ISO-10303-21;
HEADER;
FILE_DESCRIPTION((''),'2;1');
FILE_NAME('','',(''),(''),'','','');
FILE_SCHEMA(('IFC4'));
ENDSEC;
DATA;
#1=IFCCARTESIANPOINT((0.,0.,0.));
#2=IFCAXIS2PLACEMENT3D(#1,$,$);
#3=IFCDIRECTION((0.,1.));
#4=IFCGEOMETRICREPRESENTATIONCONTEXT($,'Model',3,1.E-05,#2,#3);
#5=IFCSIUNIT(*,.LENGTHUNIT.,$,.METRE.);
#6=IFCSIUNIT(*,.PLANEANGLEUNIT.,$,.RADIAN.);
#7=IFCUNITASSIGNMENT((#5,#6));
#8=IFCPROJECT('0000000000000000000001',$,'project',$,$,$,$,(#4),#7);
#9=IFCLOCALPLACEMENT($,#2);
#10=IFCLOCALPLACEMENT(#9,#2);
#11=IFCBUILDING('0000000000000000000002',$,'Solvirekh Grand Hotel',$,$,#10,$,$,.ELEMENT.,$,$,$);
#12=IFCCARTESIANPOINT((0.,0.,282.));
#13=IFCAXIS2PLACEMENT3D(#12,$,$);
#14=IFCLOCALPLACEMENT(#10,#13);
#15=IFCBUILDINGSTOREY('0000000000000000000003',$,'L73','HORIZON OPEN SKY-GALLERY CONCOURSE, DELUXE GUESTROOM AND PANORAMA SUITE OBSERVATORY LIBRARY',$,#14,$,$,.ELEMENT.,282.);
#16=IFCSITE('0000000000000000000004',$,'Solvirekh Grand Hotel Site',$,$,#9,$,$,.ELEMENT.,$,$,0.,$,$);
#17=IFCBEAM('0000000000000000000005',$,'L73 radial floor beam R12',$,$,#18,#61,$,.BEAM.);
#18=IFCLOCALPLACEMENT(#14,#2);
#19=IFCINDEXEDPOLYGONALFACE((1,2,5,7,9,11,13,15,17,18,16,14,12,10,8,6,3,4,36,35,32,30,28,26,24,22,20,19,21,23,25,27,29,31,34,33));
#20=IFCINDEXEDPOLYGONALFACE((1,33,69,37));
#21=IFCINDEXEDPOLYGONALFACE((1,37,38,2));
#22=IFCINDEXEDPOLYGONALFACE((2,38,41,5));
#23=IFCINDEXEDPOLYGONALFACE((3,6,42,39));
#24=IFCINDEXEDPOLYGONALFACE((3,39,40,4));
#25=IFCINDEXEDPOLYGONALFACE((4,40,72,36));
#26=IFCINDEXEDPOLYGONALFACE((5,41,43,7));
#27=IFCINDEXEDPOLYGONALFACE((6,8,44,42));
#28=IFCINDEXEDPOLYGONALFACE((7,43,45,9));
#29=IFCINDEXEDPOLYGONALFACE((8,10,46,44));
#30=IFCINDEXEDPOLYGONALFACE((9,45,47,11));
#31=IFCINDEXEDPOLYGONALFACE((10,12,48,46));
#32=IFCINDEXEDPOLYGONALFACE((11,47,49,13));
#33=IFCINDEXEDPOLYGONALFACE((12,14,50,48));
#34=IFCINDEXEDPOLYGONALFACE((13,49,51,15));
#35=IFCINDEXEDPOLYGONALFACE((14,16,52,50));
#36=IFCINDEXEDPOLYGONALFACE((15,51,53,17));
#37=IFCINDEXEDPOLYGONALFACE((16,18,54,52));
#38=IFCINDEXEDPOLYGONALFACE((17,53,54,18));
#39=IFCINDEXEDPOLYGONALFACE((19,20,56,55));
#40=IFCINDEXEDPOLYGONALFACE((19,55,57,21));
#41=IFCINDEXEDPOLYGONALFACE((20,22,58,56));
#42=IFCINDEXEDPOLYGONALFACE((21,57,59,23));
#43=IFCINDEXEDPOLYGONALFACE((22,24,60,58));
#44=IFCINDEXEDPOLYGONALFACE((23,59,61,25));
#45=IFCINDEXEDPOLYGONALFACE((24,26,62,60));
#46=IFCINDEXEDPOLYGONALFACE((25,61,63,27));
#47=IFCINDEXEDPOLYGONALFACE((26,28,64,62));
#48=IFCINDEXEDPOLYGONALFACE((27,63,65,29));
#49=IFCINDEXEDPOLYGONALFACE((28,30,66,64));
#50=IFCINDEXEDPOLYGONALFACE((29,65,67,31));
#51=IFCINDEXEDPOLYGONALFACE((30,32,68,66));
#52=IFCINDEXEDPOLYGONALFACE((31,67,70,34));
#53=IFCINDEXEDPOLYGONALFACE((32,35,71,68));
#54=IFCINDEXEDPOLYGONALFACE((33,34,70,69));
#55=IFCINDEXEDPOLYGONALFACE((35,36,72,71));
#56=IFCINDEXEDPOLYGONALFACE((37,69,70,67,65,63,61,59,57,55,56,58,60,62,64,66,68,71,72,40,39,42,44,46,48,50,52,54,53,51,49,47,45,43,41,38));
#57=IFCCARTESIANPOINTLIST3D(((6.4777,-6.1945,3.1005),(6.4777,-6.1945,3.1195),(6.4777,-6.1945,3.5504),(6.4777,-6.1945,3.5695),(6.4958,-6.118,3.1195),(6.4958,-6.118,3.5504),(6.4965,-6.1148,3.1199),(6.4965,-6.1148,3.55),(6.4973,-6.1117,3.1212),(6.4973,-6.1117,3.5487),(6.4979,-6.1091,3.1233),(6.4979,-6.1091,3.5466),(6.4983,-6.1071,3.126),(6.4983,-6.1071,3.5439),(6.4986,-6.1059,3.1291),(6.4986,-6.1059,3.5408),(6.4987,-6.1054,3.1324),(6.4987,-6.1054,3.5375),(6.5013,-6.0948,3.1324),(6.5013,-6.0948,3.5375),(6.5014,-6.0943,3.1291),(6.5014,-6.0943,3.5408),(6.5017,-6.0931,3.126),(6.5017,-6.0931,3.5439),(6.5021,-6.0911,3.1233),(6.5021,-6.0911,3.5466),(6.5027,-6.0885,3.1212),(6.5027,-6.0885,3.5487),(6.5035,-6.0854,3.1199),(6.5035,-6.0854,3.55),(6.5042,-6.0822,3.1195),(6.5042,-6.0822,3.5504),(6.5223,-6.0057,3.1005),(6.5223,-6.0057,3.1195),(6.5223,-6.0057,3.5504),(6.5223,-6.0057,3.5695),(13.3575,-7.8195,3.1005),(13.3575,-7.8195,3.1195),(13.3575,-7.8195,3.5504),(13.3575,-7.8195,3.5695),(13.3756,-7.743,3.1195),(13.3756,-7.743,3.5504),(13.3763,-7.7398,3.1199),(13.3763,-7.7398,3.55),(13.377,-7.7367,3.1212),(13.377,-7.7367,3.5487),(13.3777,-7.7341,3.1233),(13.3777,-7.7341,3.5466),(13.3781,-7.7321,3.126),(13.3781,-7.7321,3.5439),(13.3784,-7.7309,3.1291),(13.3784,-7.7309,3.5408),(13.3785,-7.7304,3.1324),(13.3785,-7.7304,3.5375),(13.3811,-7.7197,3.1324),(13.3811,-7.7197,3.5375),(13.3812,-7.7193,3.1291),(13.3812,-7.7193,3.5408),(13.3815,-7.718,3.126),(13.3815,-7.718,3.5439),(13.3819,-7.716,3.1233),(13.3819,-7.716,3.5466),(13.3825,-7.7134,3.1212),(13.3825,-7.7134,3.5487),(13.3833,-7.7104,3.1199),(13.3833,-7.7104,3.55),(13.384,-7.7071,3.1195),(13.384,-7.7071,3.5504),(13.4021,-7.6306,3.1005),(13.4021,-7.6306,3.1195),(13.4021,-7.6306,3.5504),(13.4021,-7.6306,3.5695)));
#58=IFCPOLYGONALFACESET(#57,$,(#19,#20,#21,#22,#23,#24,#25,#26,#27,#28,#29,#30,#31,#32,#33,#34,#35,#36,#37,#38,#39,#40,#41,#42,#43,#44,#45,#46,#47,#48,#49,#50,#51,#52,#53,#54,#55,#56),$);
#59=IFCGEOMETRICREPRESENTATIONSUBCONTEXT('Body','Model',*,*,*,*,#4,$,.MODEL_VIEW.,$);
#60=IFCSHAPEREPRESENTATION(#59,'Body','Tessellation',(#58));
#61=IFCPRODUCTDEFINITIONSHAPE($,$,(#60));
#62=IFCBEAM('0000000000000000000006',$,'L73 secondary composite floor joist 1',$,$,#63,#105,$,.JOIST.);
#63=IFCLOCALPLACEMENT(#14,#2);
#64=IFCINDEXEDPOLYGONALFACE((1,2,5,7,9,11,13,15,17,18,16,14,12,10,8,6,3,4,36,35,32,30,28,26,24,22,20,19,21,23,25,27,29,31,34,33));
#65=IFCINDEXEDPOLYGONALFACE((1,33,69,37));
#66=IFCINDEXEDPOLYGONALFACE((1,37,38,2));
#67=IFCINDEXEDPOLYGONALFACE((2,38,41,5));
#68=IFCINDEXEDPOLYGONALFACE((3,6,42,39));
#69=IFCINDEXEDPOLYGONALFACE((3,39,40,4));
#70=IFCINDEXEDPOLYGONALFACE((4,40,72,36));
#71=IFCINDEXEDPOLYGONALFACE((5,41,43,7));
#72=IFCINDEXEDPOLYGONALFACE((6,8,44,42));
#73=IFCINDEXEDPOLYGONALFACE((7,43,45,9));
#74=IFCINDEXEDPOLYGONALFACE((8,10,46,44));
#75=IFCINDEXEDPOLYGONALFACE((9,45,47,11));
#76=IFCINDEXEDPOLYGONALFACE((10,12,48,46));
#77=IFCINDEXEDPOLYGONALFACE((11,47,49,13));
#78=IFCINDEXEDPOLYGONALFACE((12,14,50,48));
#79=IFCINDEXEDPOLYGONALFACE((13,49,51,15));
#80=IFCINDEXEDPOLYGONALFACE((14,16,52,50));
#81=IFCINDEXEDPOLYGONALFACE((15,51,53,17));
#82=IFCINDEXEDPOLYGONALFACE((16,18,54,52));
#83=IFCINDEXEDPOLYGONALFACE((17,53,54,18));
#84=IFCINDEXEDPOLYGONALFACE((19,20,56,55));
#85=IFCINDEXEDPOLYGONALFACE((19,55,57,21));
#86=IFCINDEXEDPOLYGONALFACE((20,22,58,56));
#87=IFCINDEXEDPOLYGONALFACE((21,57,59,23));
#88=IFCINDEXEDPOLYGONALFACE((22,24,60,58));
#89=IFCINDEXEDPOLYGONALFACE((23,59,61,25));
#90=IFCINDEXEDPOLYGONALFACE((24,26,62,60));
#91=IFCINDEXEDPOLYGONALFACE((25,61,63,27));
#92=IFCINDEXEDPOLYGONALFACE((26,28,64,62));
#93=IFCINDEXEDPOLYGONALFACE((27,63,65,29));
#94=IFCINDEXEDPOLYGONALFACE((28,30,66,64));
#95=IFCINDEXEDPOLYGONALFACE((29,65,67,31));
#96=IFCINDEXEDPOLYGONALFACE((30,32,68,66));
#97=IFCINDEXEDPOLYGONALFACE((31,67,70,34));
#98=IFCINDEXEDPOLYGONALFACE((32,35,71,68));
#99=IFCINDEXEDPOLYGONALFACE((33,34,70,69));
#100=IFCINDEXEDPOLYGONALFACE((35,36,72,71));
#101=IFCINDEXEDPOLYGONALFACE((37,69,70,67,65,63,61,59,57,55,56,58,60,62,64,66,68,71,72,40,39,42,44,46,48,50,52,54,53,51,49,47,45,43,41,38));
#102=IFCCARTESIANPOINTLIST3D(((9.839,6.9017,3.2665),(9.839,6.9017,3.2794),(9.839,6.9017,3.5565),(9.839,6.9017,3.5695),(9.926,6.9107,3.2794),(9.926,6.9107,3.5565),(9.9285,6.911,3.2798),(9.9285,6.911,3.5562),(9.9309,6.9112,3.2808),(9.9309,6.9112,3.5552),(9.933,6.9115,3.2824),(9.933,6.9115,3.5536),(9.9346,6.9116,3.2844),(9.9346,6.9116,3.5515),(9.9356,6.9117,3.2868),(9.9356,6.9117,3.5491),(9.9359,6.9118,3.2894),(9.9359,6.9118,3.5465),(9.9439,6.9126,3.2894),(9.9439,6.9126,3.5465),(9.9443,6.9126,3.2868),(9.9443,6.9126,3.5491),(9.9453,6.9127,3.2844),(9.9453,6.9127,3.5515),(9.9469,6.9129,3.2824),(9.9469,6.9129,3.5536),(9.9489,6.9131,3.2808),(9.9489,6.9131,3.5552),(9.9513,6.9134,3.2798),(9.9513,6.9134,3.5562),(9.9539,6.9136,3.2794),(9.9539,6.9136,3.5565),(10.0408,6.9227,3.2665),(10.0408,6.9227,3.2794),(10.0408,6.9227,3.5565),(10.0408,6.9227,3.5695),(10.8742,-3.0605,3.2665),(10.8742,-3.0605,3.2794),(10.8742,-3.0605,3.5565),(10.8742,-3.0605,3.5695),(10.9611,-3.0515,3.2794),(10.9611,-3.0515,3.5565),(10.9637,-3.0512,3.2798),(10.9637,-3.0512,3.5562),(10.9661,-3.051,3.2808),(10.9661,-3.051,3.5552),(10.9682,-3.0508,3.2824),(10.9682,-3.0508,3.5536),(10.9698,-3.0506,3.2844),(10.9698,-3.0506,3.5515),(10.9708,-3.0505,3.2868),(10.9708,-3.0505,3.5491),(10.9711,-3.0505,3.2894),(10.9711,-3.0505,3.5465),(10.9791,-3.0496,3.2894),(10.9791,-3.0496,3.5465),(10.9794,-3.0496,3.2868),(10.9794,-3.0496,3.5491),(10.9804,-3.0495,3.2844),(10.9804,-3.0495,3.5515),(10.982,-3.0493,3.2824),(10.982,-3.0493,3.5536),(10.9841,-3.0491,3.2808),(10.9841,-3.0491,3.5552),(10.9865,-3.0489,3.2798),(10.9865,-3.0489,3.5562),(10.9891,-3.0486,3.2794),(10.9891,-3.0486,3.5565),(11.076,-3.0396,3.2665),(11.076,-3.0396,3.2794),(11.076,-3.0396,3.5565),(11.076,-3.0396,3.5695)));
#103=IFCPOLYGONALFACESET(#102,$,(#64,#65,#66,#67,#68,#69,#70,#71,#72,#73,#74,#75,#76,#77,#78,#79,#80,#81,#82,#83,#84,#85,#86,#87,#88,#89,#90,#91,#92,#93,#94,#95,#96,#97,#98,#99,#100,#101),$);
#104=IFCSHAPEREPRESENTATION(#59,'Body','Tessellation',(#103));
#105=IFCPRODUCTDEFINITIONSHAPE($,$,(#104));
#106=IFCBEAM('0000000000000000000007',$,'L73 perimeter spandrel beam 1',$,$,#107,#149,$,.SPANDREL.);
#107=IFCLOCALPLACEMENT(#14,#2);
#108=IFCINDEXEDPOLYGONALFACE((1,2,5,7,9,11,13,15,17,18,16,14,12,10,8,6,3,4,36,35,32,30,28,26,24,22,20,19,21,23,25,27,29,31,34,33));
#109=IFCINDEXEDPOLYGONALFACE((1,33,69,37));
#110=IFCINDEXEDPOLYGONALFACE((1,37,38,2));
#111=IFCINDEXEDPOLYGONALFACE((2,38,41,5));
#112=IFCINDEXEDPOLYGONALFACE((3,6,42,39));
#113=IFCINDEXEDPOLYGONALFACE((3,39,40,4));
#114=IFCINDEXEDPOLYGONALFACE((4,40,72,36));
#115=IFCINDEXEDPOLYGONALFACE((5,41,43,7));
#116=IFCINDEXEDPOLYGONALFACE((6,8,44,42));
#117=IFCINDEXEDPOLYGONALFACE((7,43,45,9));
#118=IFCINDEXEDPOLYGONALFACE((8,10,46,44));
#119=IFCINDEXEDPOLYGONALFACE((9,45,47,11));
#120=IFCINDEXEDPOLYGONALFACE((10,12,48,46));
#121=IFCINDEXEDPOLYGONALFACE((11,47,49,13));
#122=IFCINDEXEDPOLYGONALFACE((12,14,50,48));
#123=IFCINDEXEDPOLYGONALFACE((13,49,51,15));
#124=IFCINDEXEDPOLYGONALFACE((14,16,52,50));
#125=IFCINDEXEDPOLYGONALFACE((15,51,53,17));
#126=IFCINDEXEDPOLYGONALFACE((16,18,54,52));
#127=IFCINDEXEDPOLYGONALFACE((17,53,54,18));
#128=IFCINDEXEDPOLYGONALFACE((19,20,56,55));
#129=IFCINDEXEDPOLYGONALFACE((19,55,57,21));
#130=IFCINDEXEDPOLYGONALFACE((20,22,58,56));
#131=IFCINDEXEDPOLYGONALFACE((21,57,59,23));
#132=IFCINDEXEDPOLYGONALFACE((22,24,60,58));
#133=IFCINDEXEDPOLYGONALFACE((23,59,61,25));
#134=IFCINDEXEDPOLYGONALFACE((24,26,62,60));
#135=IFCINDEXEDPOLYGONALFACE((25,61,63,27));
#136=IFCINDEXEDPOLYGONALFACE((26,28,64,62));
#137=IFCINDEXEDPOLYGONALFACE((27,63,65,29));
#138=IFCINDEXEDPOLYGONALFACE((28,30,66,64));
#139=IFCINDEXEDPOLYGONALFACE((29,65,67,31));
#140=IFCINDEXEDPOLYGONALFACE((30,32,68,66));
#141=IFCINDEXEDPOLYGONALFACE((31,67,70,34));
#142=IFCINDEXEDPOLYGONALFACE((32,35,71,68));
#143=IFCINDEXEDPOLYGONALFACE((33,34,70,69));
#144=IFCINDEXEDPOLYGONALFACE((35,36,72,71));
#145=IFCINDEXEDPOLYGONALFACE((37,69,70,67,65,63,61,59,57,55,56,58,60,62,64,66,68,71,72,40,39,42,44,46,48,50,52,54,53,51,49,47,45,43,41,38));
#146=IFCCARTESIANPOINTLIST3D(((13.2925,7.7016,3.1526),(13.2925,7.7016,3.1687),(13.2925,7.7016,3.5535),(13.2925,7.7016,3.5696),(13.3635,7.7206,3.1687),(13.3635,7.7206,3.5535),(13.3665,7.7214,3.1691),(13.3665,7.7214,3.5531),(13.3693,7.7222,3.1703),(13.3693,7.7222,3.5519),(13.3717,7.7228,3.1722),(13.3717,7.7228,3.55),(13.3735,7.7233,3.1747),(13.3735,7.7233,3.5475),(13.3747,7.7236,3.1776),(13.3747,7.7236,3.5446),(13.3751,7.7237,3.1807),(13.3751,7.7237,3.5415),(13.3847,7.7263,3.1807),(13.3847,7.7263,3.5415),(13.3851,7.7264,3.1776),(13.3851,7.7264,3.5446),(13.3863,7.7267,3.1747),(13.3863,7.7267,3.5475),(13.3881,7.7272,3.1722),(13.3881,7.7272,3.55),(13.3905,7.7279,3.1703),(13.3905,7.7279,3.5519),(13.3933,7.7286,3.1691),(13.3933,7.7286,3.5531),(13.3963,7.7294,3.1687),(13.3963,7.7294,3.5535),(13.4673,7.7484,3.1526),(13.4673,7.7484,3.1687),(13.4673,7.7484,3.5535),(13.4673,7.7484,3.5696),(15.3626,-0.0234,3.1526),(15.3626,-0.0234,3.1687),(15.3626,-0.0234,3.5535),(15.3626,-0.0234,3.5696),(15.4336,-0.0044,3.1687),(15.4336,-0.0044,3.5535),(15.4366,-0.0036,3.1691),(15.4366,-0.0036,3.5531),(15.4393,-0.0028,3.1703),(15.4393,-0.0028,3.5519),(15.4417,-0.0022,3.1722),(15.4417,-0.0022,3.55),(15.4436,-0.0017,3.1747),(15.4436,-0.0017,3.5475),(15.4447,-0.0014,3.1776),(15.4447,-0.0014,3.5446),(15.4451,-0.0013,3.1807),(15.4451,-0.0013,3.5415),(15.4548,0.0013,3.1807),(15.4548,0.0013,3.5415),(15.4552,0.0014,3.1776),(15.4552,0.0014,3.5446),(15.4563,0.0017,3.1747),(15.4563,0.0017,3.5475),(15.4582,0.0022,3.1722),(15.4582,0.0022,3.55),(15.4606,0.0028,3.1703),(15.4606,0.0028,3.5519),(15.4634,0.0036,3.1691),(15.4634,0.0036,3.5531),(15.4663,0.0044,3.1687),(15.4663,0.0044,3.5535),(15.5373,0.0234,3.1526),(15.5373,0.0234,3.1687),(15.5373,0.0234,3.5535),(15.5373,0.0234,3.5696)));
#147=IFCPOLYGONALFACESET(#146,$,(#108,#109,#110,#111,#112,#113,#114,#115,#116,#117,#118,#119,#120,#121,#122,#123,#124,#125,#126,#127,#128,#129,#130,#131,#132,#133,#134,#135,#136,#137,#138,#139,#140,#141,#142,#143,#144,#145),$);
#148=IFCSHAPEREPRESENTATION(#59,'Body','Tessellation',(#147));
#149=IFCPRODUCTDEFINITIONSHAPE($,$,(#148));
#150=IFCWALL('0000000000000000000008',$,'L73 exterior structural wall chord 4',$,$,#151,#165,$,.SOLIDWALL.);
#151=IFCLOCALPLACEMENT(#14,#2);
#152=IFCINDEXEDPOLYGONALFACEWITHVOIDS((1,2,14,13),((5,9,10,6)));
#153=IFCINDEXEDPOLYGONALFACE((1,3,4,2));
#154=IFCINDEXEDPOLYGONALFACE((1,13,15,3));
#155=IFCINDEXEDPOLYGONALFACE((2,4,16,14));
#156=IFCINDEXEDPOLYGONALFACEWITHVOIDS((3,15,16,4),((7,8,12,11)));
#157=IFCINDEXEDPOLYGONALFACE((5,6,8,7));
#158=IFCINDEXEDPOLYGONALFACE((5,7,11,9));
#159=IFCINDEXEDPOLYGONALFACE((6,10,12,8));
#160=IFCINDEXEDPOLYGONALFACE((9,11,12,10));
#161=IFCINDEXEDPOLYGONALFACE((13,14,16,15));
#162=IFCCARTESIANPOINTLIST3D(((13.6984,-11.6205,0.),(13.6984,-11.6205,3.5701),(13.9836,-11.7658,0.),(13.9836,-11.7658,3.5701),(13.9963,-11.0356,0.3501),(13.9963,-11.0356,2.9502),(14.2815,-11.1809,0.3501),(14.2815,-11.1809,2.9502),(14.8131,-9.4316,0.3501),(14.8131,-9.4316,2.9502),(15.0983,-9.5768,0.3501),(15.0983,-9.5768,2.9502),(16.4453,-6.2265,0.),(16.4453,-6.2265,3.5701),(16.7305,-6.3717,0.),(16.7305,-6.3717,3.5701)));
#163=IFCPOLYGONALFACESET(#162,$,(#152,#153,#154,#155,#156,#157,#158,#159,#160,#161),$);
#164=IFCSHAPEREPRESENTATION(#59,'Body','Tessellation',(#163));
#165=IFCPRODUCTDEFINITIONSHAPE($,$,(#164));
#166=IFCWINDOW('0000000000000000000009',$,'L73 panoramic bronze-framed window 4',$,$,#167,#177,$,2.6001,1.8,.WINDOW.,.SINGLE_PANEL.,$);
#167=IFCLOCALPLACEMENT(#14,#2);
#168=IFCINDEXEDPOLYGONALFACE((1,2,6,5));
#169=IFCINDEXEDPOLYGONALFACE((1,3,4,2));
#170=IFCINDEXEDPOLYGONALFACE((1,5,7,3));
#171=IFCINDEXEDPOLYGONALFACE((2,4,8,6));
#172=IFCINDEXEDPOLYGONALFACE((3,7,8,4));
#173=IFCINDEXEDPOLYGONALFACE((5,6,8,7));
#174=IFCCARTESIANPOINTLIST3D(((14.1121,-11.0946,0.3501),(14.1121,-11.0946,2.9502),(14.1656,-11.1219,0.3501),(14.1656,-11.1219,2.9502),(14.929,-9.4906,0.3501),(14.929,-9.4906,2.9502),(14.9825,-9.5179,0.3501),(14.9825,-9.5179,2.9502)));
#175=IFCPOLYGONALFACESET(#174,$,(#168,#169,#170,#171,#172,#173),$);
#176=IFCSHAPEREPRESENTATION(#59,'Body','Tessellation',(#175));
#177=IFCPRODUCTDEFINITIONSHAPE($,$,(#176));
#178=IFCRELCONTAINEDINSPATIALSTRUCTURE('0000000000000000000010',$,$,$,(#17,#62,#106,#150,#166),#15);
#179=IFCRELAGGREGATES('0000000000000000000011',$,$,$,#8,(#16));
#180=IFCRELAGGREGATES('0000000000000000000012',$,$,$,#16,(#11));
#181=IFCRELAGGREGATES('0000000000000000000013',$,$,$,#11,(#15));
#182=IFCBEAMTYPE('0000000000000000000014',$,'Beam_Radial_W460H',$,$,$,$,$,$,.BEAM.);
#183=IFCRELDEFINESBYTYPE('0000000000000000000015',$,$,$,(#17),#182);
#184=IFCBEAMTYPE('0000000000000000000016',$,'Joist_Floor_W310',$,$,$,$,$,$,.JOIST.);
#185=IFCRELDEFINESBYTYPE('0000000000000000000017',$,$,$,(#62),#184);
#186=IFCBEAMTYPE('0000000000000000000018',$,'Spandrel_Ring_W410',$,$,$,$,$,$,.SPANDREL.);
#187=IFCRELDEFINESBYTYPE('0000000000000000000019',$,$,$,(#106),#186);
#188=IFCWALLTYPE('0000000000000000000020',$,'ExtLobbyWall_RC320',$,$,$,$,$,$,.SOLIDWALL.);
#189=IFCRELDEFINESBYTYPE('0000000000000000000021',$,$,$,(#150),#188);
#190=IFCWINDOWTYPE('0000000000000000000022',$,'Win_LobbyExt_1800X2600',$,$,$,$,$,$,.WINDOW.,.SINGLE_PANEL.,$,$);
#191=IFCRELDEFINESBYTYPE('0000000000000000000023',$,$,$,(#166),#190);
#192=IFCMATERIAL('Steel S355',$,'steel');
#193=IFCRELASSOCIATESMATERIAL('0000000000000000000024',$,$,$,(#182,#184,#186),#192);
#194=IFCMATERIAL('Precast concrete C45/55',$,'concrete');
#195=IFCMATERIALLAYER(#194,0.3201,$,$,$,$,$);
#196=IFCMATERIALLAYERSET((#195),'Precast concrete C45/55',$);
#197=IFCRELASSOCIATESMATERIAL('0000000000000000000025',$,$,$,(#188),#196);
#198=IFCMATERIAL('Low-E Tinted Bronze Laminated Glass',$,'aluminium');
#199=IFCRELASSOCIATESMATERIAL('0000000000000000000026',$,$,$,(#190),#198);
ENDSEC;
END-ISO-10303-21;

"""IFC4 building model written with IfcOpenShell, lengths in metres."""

from ifc_helpers import new_model, si_unit, direction, frame, frame_2d, origin, origin_2d, place, context, subcontext, project, spatial, rectangle, i_section, extrude, material, layer, layer_set, material_profile, profile_set, type_object, element, fill, save


model = new_model("IFC4")

# Units and contexts
model_context = context("Model", 3, precision=1e-05, world=origin(), true_north=direction((0.0, 1.0)))
body_context = subcontext(model_context, "Body", "Model", "MODEL_VIEW")
ifc_project = project(units=[si_unit("LENGTHUNIT", "METRE"), si_unit("PLANEANGLEUNIT", "RADIAN")], contexts=[model_context])

# Site, building, storey
site_placement = place(None, origin())
site = spatial("IfcSite", under=ifc_project, at=site_placement, Name="Solvirekh Grand Hotel Site", CompositionType="ELEMENT", RefElevation=0.0)
building_placement = place(site_placement, origin())
building = spatial("IfcBuilding", under=site, at=building_placement, Name="Solvirekh Grand Hotel", CompositionType="ELEMENT")
storey_placement = place(building_placement, frame((0.0, 0.0, 282.0)))
storey = spatial("IfcBuildingStorey", under=building, at=storey_placement, Name="L73", Description="HORIZON OPEN SKY-GALLERY CONCOURSE, DELUXE GUESTROOM AND PANORAMA SUITE OBSERVATORY LIBRARY", CompositionType="ELEMENT", Elevation=282.0)

# Beams
ifc_material_1 = material(Name="Steel S355", Category="steel")
ifc_material_profile_1 = material_profile(ifc_material_1, i_section(OverallWidth=0.1941, OverallDepth=0.469, WebThickness=0.011, FlangeThickness=0.019, FilletRadius=0.0129, at=origin_2d()), Name="W460X106")
ifc_profile_set_1 = profile_set([ifc_material_profile_1], Name="Steel S355")
beam_type_1 = type_object("IfcBeamType", Name="Beam_Radial_W460H", PredefinedType="BEAM", material=ifc_profile_set_1)
beam_1_placement = place(storey_placement, frame((6.5, -6.1001, 3.335), z_axis=(0.973221, -0.229871, 0.0), x_axis=(0.229871, 0.973221, 0.0)))
element("IfcBeam", 1, at=beam_1_placement, inside=storey, type_object=beam_type_1, Name="L73 radial floor beam R12", PredefinedType="BEAM", context=body_context, shape_type="SweptSolid", body=[
    extrude(i_section(OverallWidth=0.1941, OverallDepth=0.469, WebThickness=0.011, FlangeThickness=0.019, FilletRadius=0.0129, at=origin_2d()), origin(), (0.0, 0.0, 1.0), 7.0691),
])
ifc_material_profile_2 = material_profile(ifc_material_1, i_section(OverallWidth=0.2029, OverallDepth=0.303, WebThickness=0.0081, FlangeThickness=0.0129, FilletRadius=0.01, at=origin_2d()), Name="W310X60")
ifc_profile_set_2 = profile_set([ifc_material_profile_2], Name="Steel S355")
beam_type_2 = type_object("IfcBeamType", Name="Joist_Floor_W310", PredefinedType="JOIST", material=ifc_profile_set_2)
beam_2_placement = place(storey_placement, frame((10.9751, -3.05, 3.418), z_axis=(-0.103352, 0.994645, 0.0), x_axis=(-0.994645, -0.103352, 0.0)))
element("IfcBeam", 2, at=beam_2_placement, inside=storey, type_object=beam_type_2, Name="L73 secondary composite floor joist 1", PredefinedType="JOIST", context=body_context, shape_type="SweptSolid", body=[
    extrude(i_section(OverallWidth=0.2029, OverallDepth=0.303, WebThickness=0.0081, FlangeThickness=0.0129, FilletRadius=0.01, at=origin_2d()), origin(), (0.0, 0.0, 1.0), 10.0159),
])
ifc_material_profile_3 = material_profile(ifc_material_1, i_section(OverallWidth=0.1809, OverallDepth=0.417, WebThickness=0.01, FlangeThickness=0.0161, FilletRadius=0.012, at=origin_2d()), Name="W410X85")
ifc_profile_set_3 = profile_set([ifc_material_profile_3], Name="Steel S355")
beam_type_3 = type_object("IfcBeamType", Name="Spandrel_Ring_W410", PredefinedType="SPANDREL", material=ifc_profile_set_3)
beam_3_placement = place(storey_placement, frame((15.45, 0.0, 3.3611), z_axis=(-0.258835, 0.965922, 0.0), x_axis=(-0.965922, -0.258835, 0.0)))
element("IfcBeam", 3, at=beam_3_placement, inside=storey, type_object=beam_type_3, Name="L73 perimeter spandrel beam 1", PredefinedType="SPANDREL", context=body_context, shape_type="SweptSolid", body=[
    extrude(i_section(OverallWidth=0.1809, OverallDepth=0.417, WebThickness=0.01, FlangeThickness=0.0161, FilletRadius=0.012, at=origin_2d()), origin(), (0.0, 0.0, 1.0), 7.9976),
])

# Wall, opening, window
ifc_material_2 = material(Name="Precast concrete C45/55", Category="concrete")
ifc_layer_1 = layer(ifc_material_2, 0.3201)
ifc_layer_set_1 = layer_set([ifc_layer_1], Name="Precast concrete C45/55")
wall_type_1 = type_object("IfcWallType", Name="ExtLobbyWall_RC320", PredefinedType="SOLIDWALL", material=ifc_layer_set_1)
wall_1_placement = place(storey_placement, frame((16.5879, -6.2991, 0.0), z_axis=(0.0, 0.0, 1.0), x_axis=(-0.453784, -0.891112, 0.0)))
wall_1 = element("IfcWall", 4, at=wall_1_placement, inside=storey, type_object=wall_type_1, Name="L73 exterior structural wall chord 4", PredefinedType="SOLIDWALL", context=body_context, shape_type="SweptSolid", body=[
    extrude(rectangle(XDim=6.0532, YDim=0.3201, at=frame_2d((3.0266, 0.0))), origin(), (0.0, 0.0, 1.0), 3.5701),
])
opening_1_placement = place(wall_1_placement, frame((3.5969, 0.0, 0.3501)))
opening_1 = element("IfcOpeningElement", 5, at=opening_1_placement, cuts=wall_1, PredefinedType="OPENING", context=body_context, shape_type="SweptSolid", body=[
    extrude(rectangle(XDim=1.8, YDim=2.6001, at=frame_2d((0.8999, 1.3))), frame((0.0, 0.1699, 0.0), z_axis=(0.0, -1.0, 0.0), x_axis=(1.0, 0.0, 0.0)), (0.0, 0.0, 1.0), 0.3401),
])
ifc_material_3 = material(Name="Low-E Tinted Bronze Laminated Glass", Category="aluminium")
window_type = type_object("IfcWindowType", Name="Win_LobbyExt_1800X2600", PartitioningType="SINGLE_PANEL", PredefinedType="WINDOW", material=ifc_material_3)
window_placement = place(opening_1_placement, origin())
window = element("IfcWindow", 6, at=window_placement, inside=storey, type_object=window_type, Name="L73 panoramic bronze-framed window 4", OverallHeight=2.6001, OverallWidth=1.8, PartitioningType="SINGLE_PANEL", PredefinedType="WINDOW", context=body_context, shape_type="SweptSolid", body=[
    extrude(rectangle(XDim=1.8, YDim=2.6001, at=frame_2d((0.8999, 1.3))), frame((0.0, 0.03, 0.0), z_axis=(0.0, -1.0, 0.0), x_axis=(1.0, 0.0, 0.0)), (0.0, 0.0, 1.0), 0.0601),
])
fill(opening_1, window)

save(model, "model.ifc")
